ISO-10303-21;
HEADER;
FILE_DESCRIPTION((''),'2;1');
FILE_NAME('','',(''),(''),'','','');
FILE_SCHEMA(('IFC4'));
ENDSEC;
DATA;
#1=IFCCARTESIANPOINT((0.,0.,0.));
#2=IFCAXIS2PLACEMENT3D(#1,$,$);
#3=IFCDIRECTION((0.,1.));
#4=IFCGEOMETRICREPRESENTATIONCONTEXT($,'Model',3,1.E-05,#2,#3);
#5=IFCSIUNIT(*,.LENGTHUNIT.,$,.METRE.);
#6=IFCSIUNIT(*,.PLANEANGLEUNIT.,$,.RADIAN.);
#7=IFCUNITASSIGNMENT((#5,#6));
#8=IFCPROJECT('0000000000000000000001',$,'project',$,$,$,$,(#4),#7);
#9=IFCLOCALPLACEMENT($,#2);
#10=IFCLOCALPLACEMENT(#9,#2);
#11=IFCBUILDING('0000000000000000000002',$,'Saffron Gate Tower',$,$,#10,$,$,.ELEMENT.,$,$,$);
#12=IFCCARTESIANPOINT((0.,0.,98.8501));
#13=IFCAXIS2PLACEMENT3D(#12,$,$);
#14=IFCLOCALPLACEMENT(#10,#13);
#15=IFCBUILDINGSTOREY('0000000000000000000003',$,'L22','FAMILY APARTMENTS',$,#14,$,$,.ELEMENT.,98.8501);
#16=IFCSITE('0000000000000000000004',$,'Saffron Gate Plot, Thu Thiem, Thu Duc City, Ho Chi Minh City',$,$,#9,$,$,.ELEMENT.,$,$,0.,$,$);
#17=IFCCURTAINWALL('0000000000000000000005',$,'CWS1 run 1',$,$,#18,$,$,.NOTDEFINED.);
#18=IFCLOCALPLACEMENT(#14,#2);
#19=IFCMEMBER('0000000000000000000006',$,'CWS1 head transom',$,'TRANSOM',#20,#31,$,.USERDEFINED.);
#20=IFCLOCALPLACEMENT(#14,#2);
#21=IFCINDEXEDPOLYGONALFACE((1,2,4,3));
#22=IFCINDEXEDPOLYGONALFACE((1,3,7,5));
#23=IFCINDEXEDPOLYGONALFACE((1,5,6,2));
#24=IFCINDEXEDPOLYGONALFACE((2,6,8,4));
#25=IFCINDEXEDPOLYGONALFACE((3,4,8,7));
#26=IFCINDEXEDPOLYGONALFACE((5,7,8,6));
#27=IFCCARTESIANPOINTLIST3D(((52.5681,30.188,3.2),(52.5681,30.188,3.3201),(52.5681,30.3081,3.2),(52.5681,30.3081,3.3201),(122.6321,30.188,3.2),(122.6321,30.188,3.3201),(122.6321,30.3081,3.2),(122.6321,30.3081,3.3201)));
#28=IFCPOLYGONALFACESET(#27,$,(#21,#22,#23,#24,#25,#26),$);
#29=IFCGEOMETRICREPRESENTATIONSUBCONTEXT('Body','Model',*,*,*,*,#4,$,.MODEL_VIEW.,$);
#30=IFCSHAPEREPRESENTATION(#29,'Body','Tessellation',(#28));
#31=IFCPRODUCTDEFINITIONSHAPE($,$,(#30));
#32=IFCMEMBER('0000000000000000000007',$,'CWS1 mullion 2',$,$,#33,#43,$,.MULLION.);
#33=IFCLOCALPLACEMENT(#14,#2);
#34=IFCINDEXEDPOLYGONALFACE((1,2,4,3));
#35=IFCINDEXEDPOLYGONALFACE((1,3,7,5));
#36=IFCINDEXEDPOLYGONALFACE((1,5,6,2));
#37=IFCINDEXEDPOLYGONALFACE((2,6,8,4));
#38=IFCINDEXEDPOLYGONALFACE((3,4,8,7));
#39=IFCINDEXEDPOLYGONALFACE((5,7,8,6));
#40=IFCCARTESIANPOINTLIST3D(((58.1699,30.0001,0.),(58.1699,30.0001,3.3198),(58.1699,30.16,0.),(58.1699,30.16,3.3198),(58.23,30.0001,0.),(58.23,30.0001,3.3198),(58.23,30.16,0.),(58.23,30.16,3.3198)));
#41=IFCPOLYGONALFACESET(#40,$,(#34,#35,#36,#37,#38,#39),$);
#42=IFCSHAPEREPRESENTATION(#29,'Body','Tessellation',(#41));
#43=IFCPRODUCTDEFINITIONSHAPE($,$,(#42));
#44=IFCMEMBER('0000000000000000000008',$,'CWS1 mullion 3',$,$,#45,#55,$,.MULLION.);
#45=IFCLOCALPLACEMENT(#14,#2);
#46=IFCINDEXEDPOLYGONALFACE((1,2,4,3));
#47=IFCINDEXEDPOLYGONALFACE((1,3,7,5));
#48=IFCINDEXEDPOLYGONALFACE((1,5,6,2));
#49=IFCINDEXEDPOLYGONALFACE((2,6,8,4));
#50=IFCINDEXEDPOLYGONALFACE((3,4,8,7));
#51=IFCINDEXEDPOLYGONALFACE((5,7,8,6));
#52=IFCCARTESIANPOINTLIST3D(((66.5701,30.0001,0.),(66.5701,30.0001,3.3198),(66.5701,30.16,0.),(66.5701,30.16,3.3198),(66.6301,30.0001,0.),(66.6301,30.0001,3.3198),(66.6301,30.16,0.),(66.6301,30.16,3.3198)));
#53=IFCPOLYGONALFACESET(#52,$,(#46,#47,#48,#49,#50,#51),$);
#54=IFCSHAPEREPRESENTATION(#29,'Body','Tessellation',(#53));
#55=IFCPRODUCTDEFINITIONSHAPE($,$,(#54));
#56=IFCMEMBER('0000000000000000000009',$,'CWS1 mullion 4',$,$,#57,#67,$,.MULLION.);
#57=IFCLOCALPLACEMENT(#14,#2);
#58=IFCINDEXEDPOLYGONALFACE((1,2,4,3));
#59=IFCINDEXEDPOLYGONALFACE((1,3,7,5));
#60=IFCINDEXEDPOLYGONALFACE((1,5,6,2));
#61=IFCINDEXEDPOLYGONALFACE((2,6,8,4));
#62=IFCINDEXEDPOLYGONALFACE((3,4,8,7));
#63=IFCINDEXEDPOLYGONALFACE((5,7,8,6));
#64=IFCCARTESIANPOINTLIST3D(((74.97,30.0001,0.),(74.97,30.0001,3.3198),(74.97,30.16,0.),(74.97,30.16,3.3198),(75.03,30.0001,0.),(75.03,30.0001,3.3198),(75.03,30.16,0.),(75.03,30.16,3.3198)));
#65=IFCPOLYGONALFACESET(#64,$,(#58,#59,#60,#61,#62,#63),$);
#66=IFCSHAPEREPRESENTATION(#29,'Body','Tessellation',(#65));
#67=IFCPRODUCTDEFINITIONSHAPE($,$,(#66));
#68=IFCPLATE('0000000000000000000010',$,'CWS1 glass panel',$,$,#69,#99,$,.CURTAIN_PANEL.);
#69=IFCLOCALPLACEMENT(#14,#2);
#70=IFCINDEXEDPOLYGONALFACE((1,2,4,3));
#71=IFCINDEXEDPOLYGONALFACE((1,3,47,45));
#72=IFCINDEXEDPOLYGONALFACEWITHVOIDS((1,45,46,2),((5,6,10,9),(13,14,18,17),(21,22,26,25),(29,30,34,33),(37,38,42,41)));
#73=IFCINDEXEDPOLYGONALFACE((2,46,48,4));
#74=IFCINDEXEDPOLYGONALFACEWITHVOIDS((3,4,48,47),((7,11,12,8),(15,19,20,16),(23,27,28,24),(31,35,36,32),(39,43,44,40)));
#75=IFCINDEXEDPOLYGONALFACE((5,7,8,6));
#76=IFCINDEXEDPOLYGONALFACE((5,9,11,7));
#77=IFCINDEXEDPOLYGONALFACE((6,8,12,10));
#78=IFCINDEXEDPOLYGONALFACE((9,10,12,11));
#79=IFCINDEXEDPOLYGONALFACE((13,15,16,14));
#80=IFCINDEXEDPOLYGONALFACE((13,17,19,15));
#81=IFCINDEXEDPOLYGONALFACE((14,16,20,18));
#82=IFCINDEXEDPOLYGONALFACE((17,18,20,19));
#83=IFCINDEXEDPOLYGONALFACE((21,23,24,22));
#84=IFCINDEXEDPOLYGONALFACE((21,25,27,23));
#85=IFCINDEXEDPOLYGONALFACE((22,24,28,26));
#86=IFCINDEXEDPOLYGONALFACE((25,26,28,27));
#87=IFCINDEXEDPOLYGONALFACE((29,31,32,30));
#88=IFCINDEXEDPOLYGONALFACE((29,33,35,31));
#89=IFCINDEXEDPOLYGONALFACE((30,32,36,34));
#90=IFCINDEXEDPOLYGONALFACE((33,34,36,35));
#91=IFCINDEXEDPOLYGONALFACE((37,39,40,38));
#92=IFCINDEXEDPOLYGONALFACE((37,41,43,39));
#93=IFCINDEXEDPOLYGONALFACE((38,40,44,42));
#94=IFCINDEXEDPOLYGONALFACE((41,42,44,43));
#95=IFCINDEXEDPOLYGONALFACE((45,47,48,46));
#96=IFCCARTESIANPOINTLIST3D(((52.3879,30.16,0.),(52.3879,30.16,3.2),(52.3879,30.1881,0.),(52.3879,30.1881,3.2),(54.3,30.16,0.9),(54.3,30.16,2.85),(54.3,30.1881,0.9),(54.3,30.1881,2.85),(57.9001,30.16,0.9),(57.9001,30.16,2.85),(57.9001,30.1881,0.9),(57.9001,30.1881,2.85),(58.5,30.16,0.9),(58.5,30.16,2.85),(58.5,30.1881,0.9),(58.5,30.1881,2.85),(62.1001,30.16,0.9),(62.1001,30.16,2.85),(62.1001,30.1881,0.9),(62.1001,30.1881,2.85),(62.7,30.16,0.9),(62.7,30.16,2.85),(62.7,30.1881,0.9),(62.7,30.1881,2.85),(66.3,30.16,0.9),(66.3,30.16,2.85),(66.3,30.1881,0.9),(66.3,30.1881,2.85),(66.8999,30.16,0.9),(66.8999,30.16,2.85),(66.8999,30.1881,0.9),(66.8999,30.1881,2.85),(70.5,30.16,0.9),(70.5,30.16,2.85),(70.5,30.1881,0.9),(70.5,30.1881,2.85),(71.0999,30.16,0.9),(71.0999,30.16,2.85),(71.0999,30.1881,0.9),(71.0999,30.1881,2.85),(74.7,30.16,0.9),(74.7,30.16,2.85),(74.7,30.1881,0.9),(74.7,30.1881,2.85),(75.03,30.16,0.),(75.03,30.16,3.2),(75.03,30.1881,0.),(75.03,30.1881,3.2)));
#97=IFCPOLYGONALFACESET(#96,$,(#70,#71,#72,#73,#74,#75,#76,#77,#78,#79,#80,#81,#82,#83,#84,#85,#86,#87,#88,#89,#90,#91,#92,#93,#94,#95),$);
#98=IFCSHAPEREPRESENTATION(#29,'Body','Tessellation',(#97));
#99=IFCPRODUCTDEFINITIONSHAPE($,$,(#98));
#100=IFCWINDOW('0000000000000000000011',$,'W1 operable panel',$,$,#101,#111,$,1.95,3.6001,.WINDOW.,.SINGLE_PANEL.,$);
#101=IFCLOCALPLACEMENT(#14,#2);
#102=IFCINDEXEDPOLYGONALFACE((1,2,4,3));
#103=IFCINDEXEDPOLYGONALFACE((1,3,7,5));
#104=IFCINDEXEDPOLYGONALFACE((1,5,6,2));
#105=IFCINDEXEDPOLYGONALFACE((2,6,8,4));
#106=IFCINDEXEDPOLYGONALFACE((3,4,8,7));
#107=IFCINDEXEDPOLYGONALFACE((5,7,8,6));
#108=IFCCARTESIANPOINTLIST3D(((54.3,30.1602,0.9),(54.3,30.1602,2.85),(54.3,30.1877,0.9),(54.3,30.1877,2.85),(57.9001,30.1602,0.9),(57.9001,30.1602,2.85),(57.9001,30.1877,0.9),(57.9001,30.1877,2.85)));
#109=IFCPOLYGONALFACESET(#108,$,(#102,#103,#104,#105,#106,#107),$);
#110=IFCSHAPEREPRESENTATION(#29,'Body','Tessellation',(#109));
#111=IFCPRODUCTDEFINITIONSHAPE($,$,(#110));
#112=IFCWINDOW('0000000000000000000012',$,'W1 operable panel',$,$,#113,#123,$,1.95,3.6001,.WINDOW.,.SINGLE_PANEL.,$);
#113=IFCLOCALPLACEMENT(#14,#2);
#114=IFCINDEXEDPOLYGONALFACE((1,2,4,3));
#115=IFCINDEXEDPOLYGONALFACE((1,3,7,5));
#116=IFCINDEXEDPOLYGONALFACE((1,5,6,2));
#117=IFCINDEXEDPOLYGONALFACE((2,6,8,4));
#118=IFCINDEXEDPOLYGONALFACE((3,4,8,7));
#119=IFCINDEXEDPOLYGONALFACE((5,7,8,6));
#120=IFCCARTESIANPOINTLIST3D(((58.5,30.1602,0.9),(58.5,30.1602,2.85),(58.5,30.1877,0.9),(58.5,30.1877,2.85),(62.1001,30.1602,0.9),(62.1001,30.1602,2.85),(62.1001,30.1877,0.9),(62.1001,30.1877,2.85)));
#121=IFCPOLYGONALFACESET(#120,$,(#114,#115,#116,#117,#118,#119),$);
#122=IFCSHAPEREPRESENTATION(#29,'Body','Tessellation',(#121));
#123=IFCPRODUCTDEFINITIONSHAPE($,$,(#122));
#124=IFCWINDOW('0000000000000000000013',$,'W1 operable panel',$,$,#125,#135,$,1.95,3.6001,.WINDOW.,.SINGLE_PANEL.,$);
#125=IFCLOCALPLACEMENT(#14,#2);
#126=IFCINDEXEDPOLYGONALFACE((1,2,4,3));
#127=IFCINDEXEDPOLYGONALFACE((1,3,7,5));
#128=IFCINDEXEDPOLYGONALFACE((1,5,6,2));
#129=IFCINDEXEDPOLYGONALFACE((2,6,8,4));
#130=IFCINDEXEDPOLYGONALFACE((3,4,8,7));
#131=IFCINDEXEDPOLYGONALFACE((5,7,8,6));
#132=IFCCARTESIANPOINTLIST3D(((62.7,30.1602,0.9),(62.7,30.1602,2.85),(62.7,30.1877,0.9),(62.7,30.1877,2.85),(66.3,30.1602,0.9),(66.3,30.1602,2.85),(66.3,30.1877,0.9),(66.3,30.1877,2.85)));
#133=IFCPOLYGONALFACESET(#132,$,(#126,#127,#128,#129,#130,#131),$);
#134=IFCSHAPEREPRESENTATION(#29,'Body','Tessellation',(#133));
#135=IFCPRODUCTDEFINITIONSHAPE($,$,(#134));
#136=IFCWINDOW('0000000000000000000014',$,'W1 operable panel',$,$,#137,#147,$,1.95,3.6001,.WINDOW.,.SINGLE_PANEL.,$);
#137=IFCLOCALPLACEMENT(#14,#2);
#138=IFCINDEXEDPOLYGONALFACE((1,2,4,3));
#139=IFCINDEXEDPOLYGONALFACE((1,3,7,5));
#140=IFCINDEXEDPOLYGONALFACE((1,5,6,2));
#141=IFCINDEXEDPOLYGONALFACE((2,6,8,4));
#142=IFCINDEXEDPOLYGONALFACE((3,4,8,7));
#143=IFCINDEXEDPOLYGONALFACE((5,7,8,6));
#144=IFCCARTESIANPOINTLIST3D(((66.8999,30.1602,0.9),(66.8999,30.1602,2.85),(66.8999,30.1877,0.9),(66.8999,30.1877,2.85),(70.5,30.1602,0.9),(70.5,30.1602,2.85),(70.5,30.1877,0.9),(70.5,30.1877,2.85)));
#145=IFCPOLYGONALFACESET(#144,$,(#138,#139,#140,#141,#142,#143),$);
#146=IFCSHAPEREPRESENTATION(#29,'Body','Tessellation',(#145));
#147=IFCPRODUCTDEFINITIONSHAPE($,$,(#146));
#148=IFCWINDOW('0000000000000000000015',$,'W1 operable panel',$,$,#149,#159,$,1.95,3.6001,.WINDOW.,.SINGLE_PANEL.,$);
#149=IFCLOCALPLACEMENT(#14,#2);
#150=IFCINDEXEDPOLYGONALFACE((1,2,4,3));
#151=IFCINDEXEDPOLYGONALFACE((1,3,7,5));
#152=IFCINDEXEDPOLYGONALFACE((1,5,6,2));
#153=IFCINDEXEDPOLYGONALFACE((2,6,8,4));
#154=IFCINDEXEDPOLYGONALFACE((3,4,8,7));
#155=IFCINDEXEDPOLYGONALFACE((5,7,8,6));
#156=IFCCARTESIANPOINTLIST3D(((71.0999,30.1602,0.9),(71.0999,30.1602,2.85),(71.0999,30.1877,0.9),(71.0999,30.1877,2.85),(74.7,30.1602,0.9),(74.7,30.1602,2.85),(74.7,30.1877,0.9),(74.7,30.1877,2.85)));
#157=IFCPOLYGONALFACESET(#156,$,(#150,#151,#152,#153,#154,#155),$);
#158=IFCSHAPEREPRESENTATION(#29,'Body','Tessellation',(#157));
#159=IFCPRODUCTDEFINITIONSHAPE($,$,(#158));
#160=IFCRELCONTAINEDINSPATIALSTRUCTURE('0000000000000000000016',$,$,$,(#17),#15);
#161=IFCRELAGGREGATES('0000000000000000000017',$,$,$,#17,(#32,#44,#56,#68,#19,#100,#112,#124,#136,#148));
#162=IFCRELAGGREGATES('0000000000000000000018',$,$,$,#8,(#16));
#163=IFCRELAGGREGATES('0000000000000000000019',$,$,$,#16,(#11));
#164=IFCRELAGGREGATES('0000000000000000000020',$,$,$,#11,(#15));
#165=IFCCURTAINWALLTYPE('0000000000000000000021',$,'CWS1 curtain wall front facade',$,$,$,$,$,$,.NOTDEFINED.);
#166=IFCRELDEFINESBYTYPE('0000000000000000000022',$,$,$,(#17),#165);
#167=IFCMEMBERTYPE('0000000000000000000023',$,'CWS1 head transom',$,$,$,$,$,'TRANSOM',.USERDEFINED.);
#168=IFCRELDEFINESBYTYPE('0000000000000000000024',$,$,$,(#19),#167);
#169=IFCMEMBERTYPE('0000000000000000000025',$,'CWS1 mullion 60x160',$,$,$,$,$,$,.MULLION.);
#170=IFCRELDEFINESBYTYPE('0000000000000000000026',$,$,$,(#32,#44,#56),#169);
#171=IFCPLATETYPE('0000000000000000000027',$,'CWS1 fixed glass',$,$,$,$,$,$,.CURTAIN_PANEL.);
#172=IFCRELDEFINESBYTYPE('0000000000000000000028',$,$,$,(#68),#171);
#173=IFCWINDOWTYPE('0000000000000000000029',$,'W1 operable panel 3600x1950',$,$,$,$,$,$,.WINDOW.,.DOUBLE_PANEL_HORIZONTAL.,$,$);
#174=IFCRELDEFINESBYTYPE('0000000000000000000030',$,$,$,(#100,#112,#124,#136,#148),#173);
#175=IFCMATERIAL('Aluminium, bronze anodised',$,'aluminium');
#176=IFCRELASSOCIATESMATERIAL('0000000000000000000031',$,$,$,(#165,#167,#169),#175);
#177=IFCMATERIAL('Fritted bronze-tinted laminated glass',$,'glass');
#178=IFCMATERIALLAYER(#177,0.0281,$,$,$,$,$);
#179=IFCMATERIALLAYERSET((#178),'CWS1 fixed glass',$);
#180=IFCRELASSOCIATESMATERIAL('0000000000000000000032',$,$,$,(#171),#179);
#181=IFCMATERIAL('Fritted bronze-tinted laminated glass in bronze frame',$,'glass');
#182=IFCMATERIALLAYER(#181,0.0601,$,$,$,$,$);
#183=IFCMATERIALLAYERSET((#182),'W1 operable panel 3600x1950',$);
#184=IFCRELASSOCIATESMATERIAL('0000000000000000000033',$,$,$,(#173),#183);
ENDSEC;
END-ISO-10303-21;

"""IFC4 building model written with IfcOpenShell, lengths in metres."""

from ifc_helpers import new_model, si_unit, direction, frame, frame_2d, origin, origin_2d, place, context, subcontext, project, spatial, rectangle, extrude, material, layer, layer_set, material_profile, profile_set, type_object, element, fill, aggregate, save


model = new_model("IFC4")

# Units and contexts
model_context = context("Model", 3, precision=1e-05, world=origin(), true_north=direction((0.0, 1.0)))
body_context = subcontext(model_context, "Body", "Model", "MODEL_VIEW")
ifc_project = project(units=[si_unit("LENGTHUNIT", "METRE"), si_unit("PLANEANGLEUNIT", "RADIAN")], contexts=[model_context])

# Site, building, storey
site_placement = place(None, origin())
site = spatial("IfcSite", under=ifc_project, at=site_placement, Name="Saffron Gate Plot, Thu Thiem, Thu Duc City, Ho Chi Minh City", CompositionType="ELEMENT", RefElevation=0.0)
building_placement = place(site_placement, origin())
building = spatial("IfcBuilding", under=site, at=building_placement, Name="Saffron Gate Tower", CompositionType="ELEMENT")
storey_placement = place(building_placement, frame((0.0, 0.0, 98.8501)))
storey = spatial("IfcBuildingStorey", under=building, at=storey_placement, Name="L22", Description="FAMILY APARTMENTS", CompositionType="ELEMENT", Elevation=98.8501)

# Curtain wall, members, plate, openings, windows
ifc_material_1 = material(Name="Aluminium, bronze anodised", Category="aluminium")
curtain_wall_type = type_object("IfcCurtainWallType", Name="CWS1 curtain wall front facade", PredefinedType="NOTDEFINED", material=ifc_material_1)
curtain_wall_placement = place(storey_placement, origin())
curtain_wall = element("IfcCurtainWall", 1, at=curtain_wall_placement, inside=storey, type_object=curtain_wall_type, Name="CWS1 run 1", PredefinedType="NOTDEFINED")
ifc_material_profile_1 = material_profile(ifc_material_1, rectangle(XDim=0.1201, YDim=0.1201, at=origin_2d()))
ifc_profile_set_1 = profile_set([ifc_material_profile_1], Name="Aluminium, bronze anodised")
member_type_1 = type_object("IfcMemberType", Name="CWS1 head transom", ElementType="TRANSOM", PredefinedType="USERDEFINED", material=ifc_profile_set_1)
member_1_placement = place(storey_placement, frame((52.5681, 30.248, 3.26), z_axis=(1.0, 0.0, 0.0), x_axis=(0.0, 1.0, 0.0)))
member_1 = element("IfcMember", 2, at=member_1_placement, type_object=member_type_1, Name="CWS1 head transom", ObjectType="TRANSOM", PredefinedType="USERDEFINED", context=body_context, shape_type="SweptSolid", body=[
    extrude(rectangle(XDim=0.1201, YDim=0.1201, at=origin_2d()), origin(), (0.0, 0.0, 1.0), 70.064),
])
ifc_material_profile_2 = material_profile(ifc_material_1, rectangle(XDim=0.1599, YDim=0.0601, at=origin_2d()))
ifc_profile_set_2 = profile_set([ifc_material_profile_2], Name="Aluminium, bronze anodised")
member_type_2 = type_object("IfcMemberType", Name="CWS1 mullion 60x160", PredefinedType="MULLION", material=ifc_profile_set_2)
member_2_placement = place(storey_placement, frame((58.2, 30.0801, 0.0), z_axis=(0.0, 0.0, 1.0), x_axis=(0.0, 1.0, 0.0)))
member_2 = element("IfcMember", 3, at=member_2_placement, type_object=member_type_2, Name="CWS1 mullion 2", PredefinedType="MULLION", context=body_context, shape_type="SweptSolid", body=[
    extrude(rectangle(XDim=0.1599, YDim=0.0601, at=origin_2d()), origin(), (0.0, 0.0, 1.0), 3.3198),
])
member_3_placement = place(storey_placement, frame((66.6001, 30.0801, 0.0), z_axis=(0.0, 0.0, 1.0), x_axis=(0.0, 1.0, 0.0)))
member_3 = element("IfcMember", 4, at=member_3_placement, type_object=member_type_2, Name="CWS1 mullion 3", PredefinedType="MULLION", context=body_context, shape_type="SweptSolid", body=[
    extrude(rectangle(XDim=0.1599, YDim=0.0601, at=origin_2d()), origin(), (0.0, 0.0, 1.0), 3.3198),
])
member_4_placement = place(storey_placement, frame((75.0, 30.0801, 0.0), z_axis=(0.0, 0.0, 1.0), x_axis=(0.0, 1.0, 0.0)))
member_4 = element("IfcMember", 5, at=member_4_placement, type_object=member_type_2, Name="CWS1 mullion 4", PredefinedType="MULLION", context=body_context, shape_type="SweptSolid", body=[
    extrude(rectangle(XDim=0.1599, YDim=0.0601, at=origin_2d()), origin(), (0.0, 0.0, 1.0), 3.3198),
])
ifc_material_2 = material(Name="Fritted bronze-tinted laminated glass", Category="glass")
ifc_layer_1 = layer(ifc_material_2, 0.0281)
ifc_layer_set_1 = layer_set([ifc_layer_1], Name="CWS1 fixed glass")
plate_type = type_object("IfcPlateType", Name="CWS1 fixed glass", PredefinedType="CURTAIN_PANEL", material=ifc_layer_set_1)
plate_placement = place(storey_placement, frame((52.3879, 30.1741, 0.0), z_axis=(0.0, 0.0, 1.0), x_axis=(1.0, 0.0, 0.0)))
plate = element("IfcPlate", 6, at=plate_placement, type_object=plate_type, Name="CWS1 glass panel", PredefinedType="CURTAIN_PANEL", context=body_context, shape_type="SweptSolid", body=[
    extrude(rectangle(XDim=22.6421, YDim=0.0281, at=frame_2d((11.321, 0.0))), origin(), (0.0, 0.0, 1.0), 3.2),
])
opening_1_placement = place(plate_placement, frame((1.9121, 0.0, 0.8999)))
opening_1 = element("IfcOpeningElement", 7, at=opening_1_placement, cuts=plate, PredefinedType="OPENING", context=body_context, shape_type="SweptSolid", body=[
    extrude(rectangle(XDim=3.6001, YDim=1.95, at=frame_2d((1.8, 0.9751))), frame((0.0, 0.0239, 0.0), z_axis=(0.0, -1.0, 0.0), x_axis=(1.0, 0.0, 0.0)), (0.0, 0.0, 1.0), 0.0481),
])
opening_2_placement = place(plate_placement, frame((6.1121, 0.0, 0.8999)))
opening_2 = element("IfcOpeningElement", 8, at=opening_2_placement, cuts=plate, PredefinedType="OPENING", context=body_context, shape_type="SweptSolid", body=[
    extrude(rectangle(XDim=3.6001, YDim=1.95, at=frame_2d((1.8, 0.9751))), frame((0.0, 0.0239, 0.0), z_axis=(0.0, -1.0, 0.0), x_axis=(1.0, 0.0, 0.0)), (0.0, 0.0, 1.0), 0.0481),
])
opening_3_placement = place(plate_placement, frame((10.312, 0.0, 0.8999)))
opening_3 = element("IfcOpeningElement", 9, at=opening_3_placement, cuts=plate, PredefinedType="OPENING", context=body_context, shape_type="SweptSolid", body=[
    extrude(rectangle(XDim=3.6001, YDim=1.95, at=frame_2d((1.8, 0.9751))), frame((0.0, 0.0239, 0.0), z_axis=(0.0, -1.0, 0.0), x_axis=(1.0, 0.0, 0.0)), (0.0, 0.0, 1.0), 0.0481),
])
opening_4_placement = place(plate_placement, frame((14.512, 0.0, 0.8999)))
opening_4 = element("IfcOpeningElement", 10, at=opening_4_placement, cuts=plate, PredefinedType="OPENING", context=body_context, shape_type="SweptSolid", body=[
    extrude(rectangle(XDim=3.6001, YDim=1.95, at=frame_2d((1.8, 0.9751))), frame((0.0, 0.0239, 0.0), z_axis=(0.0, -1.0, 0.0), x_axis=(1.0, 0.0, 0.0)), (0.0, 0.0, 1.0), 0.0481),
])
opening_5_placement = place(plate_placement, frame((18.7119, 0.0, 0.8999)))
opening_5 = element("IfcOpeningElement", 11, at=opening_5_placement, cuts=plate, PredefinedType="OPENING", context=body_context, shape_type="SweptSolid", body=[
    extrude(rectangle(XDim=3.6001, YDim=1.95, at=frame_2d((1.8, 0.9751))), frame((0.0, 0.0239, 0.0), z_axis=(0.0, -1.0, 0.0), x_axis=(1.0, 0.0, 0.0)), (0.0, 0.0, 1.0), 0.0481),
])
ifc_material_3 = material(Name="Fritted bronze-tinted laminated glass in bronze frame", Category="glass")
ifc_layer_2 = layer(ifc_material_3, 0.0601)
ifc_layer_set_2 = layer_set([ifc_layer_2], Name="W1 operable panel 3600x1950")
window_type = type_object("IfcWindowType", Name="W1 operable panel 3600x1950", PartitioningType="DOUBLE_PANEL_HORIZONTAL", PredefinedType="WINDOW", material=ifc_layer_set_2)
window_1_placement = place(opening_1_placement, origin())
window_1 = element("IfcWindow", 12, at=window_1_placement, type_object=window_type, Name="W1 operable panel", OverallHeight=1.95, OverallWidth=3.6001, PartitioningType="SINGLE_PANEL", PredefinedType="WINDOW", context=body_context, shape_type="SweptSolid", body=[
    extrude(rectangle(XDim=3.6001, YDim=1.95, at=frame_2d((1.8, 0.9751))), frame((0.0, 0.0137, 0.0), z_axis=(0.0, -1.0, 0.0), x_axis=(1.0, 0.0, 0.0)), (0.0, 0.0, 1.0), 0.0276),
])
fill(opening_1, window_1)
window_2_placement = place(opening_2_placement, origin())
window_2 = element("IfcWindow", 13, at=window_2_placement, type_object=window_type, Name="W1 operable panel", OverallHeight=1.95, OverallWidth=3.6001, PartitioningType="SINGLE_PANEL", PredefinedType="WINDOW", context=body_context, shape_type="SweptSolid", body=[
    extrude(rectangle(XDim=3.6001, YDim=1.95, at=frame_2d((1.8, 0.9751))), frame((0.0, 0.0137, 0.0), z_axis=(0.0, -1.0, 0.0), x_axis=(1.0, 0.0, 0.0)), (0.0, 0.0, 1.0), 0.0276),
])
fill(opening_2, window_2)
window_3_placement = place(opening_3_placement, origin())
window_3 = element("IfcWindow", 14, at=window_3_placement, type_object=window_type, Name="W1 operable panel", OverallHeight=1.95, OverallWidth=3.6001, PartitioningType="SINGLE_PANEL", PredefinedType="WINDOW", context=body_context, shape_type="SweptSolid", body=[
    extrude(rectangle(XDim=3.6001, YDim=1.95, at=frame_2d((1.8, 0.9751))), frame((0.0, 0.0137, 0.0), z_axis=(0.0, -1.0, 0.0), x_axis=(1.0, 0.0, 0.0)), (0.0, 0.0, 1.0), 0.0276),
])
fill(opening_3, window_3)
window_4_placement = place(opening_4_placement, origin())
window_4 = element("IfcWindow", 15, at=window_4_placement, type_object=window_type, Name="W1 operable panel", OverallHeight=1.95, OverallWidth=3.6001, PartitioningType="SINGLE_PANEL", PredefinedType="WINDOW", context=body_context, shape_type="SweptSolid", body=[
    extrude(rectangle(XDim=3.6001, YDim=1.95, at=frame_2d((1.8, 0.9751))), frame((0.0, 0.0137, 0.0), z_axis=(0.0, -1.0, 0.0), x_axis=(1.0, 0.0, 0.0)), (0.0, 0.0, 1.0), 0.0276),
])
fill(opening_4, window_4)
window_5_placement = place(opening_5_placement, origin())
window_5 = element("IfcWindow", 16, at=window_5_placement, type_object=window_type, Name="W1 operable panel", OverallHeight=1.95, OverallWidth=3.6001, PartitioningType="SINGLE_PANEL", PredefinedType="WINDOW", context=body_context, shape_type="SweptSolid", body=[
    extrude(rectangle(XDim=3.6001, YDim=1.95, at=frame_2d((1.8, 0.9751))), frame((0.0, 0.0137, 0.0), z_axis=(0.0, -1.0, 0.0), x_axis=(1.0, 0.0, 0.0)), (0.0, 0.0, 1.0), 0.0276),
])
fill(opening_5, window_5)
aggregate(curtain_wall, [member_2, member_3, member_4, plate, member_1, window_1, window_2, window_3, window_4, window_5])

save(model, "model.ifc")
